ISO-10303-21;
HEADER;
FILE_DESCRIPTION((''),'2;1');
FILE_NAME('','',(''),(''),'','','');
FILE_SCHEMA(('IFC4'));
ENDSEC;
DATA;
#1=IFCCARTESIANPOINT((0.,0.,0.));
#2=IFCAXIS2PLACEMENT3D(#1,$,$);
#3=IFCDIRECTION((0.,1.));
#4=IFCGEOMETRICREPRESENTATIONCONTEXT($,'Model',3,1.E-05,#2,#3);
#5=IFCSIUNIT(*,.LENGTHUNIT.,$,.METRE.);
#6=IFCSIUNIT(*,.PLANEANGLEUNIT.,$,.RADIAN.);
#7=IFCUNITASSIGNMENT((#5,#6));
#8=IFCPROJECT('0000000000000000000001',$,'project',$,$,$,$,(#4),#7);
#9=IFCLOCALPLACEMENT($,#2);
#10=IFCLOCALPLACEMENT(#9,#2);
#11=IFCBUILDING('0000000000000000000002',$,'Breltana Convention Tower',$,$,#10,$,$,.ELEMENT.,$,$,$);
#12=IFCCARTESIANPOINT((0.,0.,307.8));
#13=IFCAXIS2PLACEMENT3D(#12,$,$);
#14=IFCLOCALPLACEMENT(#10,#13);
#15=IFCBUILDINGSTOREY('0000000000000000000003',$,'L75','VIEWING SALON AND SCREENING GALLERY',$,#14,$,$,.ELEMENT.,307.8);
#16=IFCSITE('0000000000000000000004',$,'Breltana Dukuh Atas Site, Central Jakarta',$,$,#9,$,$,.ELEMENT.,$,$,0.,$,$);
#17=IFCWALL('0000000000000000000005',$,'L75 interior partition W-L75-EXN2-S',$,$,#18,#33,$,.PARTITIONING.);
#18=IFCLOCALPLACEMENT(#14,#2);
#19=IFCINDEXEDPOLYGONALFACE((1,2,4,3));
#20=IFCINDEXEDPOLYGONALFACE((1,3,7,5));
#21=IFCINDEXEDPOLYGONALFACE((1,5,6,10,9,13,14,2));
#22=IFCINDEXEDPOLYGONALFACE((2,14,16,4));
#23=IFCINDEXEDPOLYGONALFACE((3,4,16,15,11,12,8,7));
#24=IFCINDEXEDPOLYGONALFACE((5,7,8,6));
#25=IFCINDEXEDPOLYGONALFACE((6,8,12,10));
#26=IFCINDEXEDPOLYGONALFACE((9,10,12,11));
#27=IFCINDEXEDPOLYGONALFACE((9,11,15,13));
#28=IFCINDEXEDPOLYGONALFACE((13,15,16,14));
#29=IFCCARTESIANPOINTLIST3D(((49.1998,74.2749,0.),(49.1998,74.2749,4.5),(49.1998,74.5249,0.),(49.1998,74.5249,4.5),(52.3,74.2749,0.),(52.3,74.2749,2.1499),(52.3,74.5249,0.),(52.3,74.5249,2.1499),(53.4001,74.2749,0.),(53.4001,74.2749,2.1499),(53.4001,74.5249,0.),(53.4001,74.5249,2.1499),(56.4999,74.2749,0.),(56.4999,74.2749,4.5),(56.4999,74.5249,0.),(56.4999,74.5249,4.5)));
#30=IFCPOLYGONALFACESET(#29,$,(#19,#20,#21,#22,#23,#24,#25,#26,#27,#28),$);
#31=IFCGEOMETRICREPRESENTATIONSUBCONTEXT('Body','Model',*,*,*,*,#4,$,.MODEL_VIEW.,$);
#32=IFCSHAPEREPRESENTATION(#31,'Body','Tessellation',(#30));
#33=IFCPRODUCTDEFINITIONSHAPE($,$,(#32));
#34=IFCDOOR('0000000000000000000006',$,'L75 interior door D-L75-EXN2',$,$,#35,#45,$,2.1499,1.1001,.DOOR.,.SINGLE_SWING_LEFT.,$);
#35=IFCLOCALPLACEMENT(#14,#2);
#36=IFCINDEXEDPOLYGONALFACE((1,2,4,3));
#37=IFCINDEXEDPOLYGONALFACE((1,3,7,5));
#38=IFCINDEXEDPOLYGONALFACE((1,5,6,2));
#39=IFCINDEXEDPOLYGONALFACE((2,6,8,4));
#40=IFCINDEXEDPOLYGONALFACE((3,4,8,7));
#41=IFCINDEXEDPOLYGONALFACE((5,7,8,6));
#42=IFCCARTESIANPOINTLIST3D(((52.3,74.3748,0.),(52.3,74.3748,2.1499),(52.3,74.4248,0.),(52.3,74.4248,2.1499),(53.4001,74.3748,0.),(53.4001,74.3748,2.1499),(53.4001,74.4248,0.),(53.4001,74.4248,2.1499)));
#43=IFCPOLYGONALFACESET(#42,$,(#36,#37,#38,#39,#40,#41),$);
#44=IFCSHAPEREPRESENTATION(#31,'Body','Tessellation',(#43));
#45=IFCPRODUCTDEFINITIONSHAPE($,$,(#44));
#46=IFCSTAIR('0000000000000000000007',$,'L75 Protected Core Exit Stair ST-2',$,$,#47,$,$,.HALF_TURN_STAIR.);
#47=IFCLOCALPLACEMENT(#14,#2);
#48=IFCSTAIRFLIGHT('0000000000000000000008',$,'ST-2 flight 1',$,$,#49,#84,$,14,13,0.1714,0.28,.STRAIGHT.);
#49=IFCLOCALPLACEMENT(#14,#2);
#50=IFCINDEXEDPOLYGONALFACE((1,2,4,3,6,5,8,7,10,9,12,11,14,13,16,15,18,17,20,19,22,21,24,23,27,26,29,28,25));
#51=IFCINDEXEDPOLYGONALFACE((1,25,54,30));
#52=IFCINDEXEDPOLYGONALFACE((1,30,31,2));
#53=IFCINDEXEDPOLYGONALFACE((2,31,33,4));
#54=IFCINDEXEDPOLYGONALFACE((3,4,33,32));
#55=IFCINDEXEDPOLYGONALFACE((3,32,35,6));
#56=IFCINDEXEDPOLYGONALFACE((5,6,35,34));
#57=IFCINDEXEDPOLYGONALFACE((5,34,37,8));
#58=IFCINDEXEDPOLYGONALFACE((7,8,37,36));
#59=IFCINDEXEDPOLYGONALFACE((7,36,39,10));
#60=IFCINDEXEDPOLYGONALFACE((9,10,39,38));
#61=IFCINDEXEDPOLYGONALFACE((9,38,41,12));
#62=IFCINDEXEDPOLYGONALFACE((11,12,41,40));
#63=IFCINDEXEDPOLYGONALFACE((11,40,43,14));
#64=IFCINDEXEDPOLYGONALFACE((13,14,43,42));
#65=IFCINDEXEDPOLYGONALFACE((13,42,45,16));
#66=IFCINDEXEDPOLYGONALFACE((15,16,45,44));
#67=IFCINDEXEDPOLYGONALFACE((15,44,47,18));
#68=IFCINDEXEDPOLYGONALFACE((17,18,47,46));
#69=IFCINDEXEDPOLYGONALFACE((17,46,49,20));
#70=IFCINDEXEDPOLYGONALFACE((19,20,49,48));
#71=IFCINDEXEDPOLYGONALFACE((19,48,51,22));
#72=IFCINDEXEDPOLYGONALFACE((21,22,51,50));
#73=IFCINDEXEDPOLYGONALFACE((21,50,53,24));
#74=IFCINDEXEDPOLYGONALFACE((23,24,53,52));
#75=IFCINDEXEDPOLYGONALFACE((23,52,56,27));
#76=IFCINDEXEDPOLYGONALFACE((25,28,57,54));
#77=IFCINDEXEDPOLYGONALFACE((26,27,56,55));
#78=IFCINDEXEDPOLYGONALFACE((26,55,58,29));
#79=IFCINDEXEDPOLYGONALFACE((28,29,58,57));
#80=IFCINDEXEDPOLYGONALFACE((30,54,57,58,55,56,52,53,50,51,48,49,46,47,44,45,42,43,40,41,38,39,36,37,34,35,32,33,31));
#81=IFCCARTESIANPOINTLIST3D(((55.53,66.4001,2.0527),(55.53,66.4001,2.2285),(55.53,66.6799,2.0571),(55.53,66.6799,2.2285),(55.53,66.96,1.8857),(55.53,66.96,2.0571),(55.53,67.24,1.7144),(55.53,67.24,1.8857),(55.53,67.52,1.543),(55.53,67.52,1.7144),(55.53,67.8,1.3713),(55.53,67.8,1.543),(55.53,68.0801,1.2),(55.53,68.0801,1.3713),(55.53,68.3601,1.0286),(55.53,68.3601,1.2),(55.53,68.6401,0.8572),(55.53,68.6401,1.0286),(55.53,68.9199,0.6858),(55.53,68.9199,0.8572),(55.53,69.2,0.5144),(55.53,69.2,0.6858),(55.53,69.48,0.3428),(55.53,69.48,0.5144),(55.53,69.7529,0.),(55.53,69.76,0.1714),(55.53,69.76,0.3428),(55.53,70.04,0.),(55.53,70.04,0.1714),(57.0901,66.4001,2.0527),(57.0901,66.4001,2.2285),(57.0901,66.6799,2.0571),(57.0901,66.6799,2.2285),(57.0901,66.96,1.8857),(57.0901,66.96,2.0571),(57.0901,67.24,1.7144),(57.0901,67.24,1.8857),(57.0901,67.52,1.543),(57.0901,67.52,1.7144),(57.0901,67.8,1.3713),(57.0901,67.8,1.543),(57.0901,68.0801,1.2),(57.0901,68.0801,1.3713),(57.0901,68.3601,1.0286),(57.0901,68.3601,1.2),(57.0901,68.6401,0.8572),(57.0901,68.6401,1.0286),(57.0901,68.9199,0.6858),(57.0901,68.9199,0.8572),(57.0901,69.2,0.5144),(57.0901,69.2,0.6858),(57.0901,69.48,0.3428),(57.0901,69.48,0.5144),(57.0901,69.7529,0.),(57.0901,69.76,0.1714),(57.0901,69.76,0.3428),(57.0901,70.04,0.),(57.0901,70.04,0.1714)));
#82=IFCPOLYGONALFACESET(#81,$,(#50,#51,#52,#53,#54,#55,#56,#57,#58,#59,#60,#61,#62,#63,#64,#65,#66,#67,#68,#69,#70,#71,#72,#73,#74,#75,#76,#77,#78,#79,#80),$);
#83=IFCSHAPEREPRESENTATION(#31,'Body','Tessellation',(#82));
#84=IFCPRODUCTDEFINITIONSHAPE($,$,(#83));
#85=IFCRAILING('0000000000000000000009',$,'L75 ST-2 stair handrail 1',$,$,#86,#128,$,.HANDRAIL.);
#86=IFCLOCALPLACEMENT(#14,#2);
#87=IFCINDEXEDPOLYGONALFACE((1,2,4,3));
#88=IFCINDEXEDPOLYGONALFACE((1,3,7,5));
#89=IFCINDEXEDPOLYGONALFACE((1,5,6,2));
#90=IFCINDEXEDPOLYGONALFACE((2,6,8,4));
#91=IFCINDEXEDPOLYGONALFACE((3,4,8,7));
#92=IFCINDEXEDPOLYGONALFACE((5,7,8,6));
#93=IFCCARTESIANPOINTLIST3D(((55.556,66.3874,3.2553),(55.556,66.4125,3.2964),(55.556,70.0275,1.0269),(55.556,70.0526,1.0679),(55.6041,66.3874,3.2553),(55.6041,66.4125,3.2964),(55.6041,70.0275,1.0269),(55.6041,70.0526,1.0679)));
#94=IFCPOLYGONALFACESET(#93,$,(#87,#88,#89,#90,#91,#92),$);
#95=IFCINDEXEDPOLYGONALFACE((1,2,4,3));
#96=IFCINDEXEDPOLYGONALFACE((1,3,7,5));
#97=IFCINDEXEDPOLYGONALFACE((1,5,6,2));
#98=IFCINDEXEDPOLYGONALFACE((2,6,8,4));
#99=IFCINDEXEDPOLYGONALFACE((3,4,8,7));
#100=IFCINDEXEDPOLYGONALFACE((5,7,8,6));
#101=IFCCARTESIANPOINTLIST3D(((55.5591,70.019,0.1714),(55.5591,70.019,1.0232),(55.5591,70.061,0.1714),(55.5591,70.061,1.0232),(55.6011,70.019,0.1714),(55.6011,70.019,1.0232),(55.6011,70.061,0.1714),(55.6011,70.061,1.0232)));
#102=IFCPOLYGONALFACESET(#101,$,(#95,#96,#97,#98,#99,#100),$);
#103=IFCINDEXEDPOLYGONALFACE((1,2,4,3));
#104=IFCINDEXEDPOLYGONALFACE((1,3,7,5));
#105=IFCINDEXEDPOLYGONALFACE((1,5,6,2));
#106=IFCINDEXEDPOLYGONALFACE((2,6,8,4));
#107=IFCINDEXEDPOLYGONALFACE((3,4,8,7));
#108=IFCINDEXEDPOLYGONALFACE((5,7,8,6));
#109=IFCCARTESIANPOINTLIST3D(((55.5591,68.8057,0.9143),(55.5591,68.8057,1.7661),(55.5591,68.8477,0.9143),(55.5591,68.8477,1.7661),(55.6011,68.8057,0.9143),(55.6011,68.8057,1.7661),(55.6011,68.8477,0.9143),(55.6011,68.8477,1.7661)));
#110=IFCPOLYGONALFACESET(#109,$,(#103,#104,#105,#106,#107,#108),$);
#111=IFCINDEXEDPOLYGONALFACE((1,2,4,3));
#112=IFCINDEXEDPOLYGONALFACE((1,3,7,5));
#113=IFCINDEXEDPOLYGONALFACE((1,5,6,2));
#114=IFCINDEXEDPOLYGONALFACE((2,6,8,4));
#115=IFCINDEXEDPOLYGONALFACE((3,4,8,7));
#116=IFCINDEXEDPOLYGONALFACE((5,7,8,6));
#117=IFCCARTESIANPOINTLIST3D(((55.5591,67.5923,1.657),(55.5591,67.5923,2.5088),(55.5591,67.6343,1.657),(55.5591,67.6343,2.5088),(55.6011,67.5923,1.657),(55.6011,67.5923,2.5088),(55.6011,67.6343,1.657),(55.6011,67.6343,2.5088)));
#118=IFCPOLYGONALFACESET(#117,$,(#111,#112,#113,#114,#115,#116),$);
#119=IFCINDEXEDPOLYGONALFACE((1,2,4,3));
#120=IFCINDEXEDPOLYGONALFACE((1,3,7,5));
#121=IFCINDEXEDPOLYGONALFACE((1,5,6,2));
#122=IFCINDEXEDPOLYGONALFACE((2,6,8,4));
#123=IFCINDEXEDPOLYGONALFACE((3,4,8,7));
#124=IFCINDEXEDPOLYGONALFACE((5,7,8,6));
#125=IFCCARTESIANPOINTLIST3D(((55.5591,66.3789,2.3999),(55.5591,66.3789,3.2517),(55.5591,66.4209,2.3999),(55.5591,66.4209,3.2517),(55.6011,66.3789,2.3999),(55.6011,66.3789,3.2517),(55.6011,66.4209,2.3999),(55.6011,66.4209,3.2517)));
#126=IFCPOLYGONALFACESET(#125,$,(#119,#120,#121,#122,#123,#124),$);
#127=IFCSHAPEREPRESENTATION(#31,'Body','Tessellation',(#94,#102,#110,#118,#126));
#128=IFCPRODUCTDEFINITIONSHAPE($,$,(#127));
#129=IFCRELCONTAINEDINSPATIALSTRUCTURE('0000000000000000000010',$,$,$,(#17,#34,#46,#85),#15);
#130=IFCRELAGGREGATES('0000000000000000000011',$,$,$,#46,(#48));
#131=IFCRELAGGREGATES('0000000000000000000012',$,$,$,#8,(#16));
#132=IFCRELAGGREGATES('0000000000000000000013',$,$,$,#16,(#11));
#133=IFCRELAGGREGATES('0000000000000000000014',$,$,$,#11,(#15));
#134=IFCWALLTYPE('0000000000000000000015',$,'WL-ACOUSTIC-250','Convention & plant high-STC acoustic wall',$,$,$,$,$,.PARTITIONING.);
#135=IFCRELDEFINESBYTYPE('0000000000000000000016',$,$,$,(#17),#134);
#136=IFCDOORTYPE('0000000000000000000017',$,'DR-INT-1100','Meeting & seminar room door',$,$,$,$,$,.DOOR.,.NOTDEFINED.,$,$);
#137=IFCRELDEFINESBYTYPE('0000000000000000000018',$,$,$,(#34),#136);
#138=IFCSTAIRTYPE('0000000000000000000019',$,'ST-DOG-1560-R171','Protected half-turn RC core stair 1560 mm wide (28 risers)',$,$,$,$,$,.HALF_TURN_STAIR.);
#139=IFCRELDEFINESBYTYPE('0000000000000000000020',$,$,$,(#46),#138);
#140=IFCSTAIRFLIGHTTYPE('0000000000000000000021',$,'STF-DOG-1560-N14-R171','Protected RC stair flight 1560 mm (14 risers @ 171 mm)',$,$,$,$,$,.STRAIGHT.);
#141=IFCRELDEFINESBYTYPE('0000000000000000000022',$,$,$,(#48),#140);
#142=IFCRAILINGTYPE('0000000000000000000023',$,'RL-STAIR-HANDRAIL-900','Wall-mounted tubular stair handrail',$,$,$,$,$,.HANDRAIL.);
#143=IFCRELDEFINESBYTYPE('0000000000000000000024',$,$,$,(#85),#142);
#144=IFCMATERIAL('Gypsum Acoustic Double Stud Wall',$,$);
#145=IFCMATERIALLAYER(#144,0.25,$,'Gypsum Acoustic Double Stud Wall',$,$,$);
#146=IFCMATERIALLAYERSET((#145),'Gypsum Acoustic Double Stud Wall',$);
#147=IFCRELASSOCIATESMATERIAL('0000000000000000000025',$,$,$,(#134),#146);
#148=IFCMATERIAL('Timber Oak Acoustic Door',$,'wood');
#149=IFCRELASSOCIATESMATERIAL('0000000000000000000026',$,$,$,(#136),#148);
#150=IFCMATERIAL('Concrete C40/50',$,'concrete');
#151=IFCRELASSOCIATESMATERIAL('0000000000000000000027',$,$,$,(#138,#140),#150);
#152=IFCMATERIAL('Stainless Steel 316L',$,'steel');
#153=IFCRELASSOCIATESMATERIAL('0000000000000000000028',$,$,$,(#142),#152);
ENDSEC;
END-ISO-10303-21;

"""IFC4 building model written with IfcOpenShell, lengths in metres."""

from ifc_helpers import new_model, si_unit, direction, frame, frame_2d, origin, origin_2d, place, context, subcontext, project, spatial, polyline, rectangle, outline, extrude, source, transform, mapped, material, layer, layer_set, type_object, type_shapes, element, fill, aggregate, save


model = new_model("IFC4")

# Units and contexts
model_context = context("Model", 3, precision=1e-05, world=origin(), true_north=direction((0.0, 1.0)))
body_context = subcontext(model_context, "Body", "Model", "MODEL_VIEW")
ifc_project = project(units=[si_unit("LENGTHUNIT", "METRE"), si_unit("PLANEANGLEUNIT", "RADIAN")], contexts=[model_context])

# Site, building, storey
site_placement = place(None, origin())
site = spatial("IfcSite", under=ifc_project, at=site_placement, Name="Breltana Dukuh Atas Site, Central Jakarta", CompositionType="ELEMENT", RefElevation=0.0)
building_placement = place(site_placement, origin())
building = spatial("IfcBuilding", under=site, at=building_placement, Name="Breltana Convention Tower", CompositionType="ELEMENT")
storey_placement = place(building_placement, frame((0.0, 0.0, 307.8)))
storey = spatial("IfcBuildingStorey", under=building, at=storey_placement, Name="L75", Description="VIEWING SALON AND SCREENING GALLERY", CompositionType="ELEMENT", Elevation=307.8)

# Wall, opening, door
ifc_material_1 = material(Name="Gypsum Acoustic Double Stud Wall")
ifc_layer_1 = layer(ifc_material_1, 0.25, Name="Gypsum Acoustic Double Stud Wall")
ifc_layer_set_1 = layer_set([ifc_layer_1], Name="Gypsum Acoustic Double Stud Wall")
wall_type_1 = type_object("IfcWallType", Name="WL-ACOUSTIC-250", Description="Convention & plant high-STC acoustic wall", PredefinedType="PARTITIONING", material=ifc_layer_set_1)
shared_shape_1 = source(origin(), body_context, "Body", "SweptSolid", [
    extrude(rectangle(XDim=7.3, YDim=0.25, at=frame_2d((3.6499, 0.0))), origin(), (0.0, 0.0, 1.0), 4.5),
])
wall_1_placement = place(storey_placement, frame((49.2, 74.3999, 0.0), z_axis=(0.0, 0.0, 1.0), x_axis=(1.0, 0.0, 0.0)))
wall_1 = element("IfcWall", 1, at=wall_1_placement, inside=storey, type_object=wall_type_1, Name="L75 interior partition W-L75-EXN2-S", PredefinedType="PARTITIONING", context=body_context, shape_type="MappedRepresentation", body=[
    mapped(shared_shape_1, transform((0.0, 0.0, 0.0), scale=1.0)),
])
opening_1_placement = place(wall_1_placement, frame((3.1001, 0.0, 0.0)))
opening_1 = element("IfcOpeningElement", 2, at=opening_1_placement, cuts=wall_1, PredefinedType="OPENING", context=body_context, shape_type="SweptSolid", body=[
    extrude(rectangle(XDim=1.1001, YDim=2.1499, at=frame_2d((0.55, 1.075))), frame((0.0, 0.135, 0.0), z_axis=(0.0, -1.0, 0.0), x_axis=(1.0, 0.0, 0.0)), (0.0, 0.0, 1.0), 0.27),
])
ifc_material_2 = material(Name="Timber Oak Acoustic Door", Category="wood")
door_type_1 = type_object("IfcDoorType", Name="DR-INT-1100", Description="Meeting & seminar room door", OperationType="NOTDEFINED", PredefinedType="DOOR", material=ifc_material_2)
shared_shape_2 = source(origin(), body_context, "Body", "SweptSolid", [
    extrude(rectangle(XDim=1.1001, YDim=2.1499, at=frame_2d((0.55, 1.075))), frame((0.0, 0.0249, 0.0), z_axis=(0.0, -1.0, 0.0), x_axis=(1.0, 0.0, 0.0)), (0.0, 0.0, 1.0), 0.05),
])
type_shapes(door_type_1, [shared_shape_2])
door_1_placement = place(opening_1_placement, origin())
door_1 = element("IfcDoor", 3, at=door_1_placement, inside=storey, type_object=door_type_1, Name="L75 interior door D-L75-EXN2", OperationType="SINGLE_SWING_LEFT", OverallHeight=2.1499, OverallWidth=1.1001, PredefinedType="DOOR", context=body_context, shape_type="MappedRepresentation", body=[
    mapped(shared_shape_2, transform((0.0, 0.0, 0.0), scale=1.0)),
])
fill(opening_1, door_1)

# Stair, stair flight
ifc_material_3 = material(Name="Concrete C40/50", Category="concrete")
stair_type = type_object("IfcStairType", Name="ST-DOG-1560-R171", Description="Protected half-turn RC core stair 1560 mm wide (28 risers)", PredefinedType="HALF_TURN_STAIR", material=ifc_material_3)
stair_placement = place(storey_placement, origin())
stair = element("IfcStair", 4, at=stair_placement, inside=storey, type_object=stair_type, Name="L75 Protected Core Exit Stair ST-2", PredefinedType="HALF_TURN_STAIR")
stair_flight_type = type_object("IfcStairFlightType", Name="STF-DOG-1560-N14-R171", Description="Protected RC stair flight 1560 mm (14 risers @ 171 mm)", PredefinedType="STRAIGHT", material=ifc_material_3)
stair_flight_placement = place(storey_placement, frame((56.3101, 70.04, 0.0), z_axis=(0.0, 0.0, 1.0), x_axis=(0.0, -1.0, 0.0)))
stair_flight = element("IfcStairFlight", 5, at=stair_flight_placement, type_object=stair_flight_type, Name="ST-2 flight 1", NumberOfRisers=14, NumberOfTreads=13, PredefinedType="STRAIGHT", RiserHeight=0.1714, TreadLength=0.28, context=body_context, shape_type="SweptSolid", body=[
    extrude(outline(polyline([(0.0, 0.0), (0.0, 0.1714), (0.28, 0.1714), (0.28, 0.3428), (0.5601, 0.3428), (0.5601, 0.5144), (0.8401, 0.5144), (0.8401, 0.6858), (1.1201, 0.6858), (1.1201, 0.8572), (1.3999, 0.8572), (1.3999, 1.0286), (1.6799, 1.0286), (1.6799, 1.2), (1.96, 1.2), (1.96, 1.3713), (2.24, 1.3713), (2.24, 1.543), (2.52, 1.543), (2.52, 1.7144), (2.8, 1.7144), (2.8, 1.8857), (3.0801, 1.8857), (3.0801, 2.0571), (3.3601, 2.0571), (3.3601, 2.2285), (3.6399, 2.2285), (3.6399, 2.3999), (3.6399, 2.0527), (0.2871, 0.0), (0.0, 0.0)])), frame((0.0, 0.78, 0.0), z_axis=(0.0, -1.0, 0.0), x_axis=(1.0, 0.0, 0.0)), (0.0, 0.0, 1.0), 1.5601),
])
aggregate(stair, [stair_flight])

# Railing
ifc_material_4 = material(Name="Stainless Steel 316L", Category="steel")
railing_type = type_object("IfcRailingType", Name="RL-STAIR-HANDRAIL-900", Description="Wall-mounted tubular stair handrail", PredefinedType="HANDRAIL", material=ifc_material_4)
railing_placement = place(storey_placement, frame((55.5801, 70.04, 0.1714)))
element("IfcRailing", 6, at=railing_placement, inside=storey, type_object=railing_type, Name="L75 ST-2 stair handrail 1", PredefinedType="HANDRAIL", context=body_context, shape_type="SweptSolid", body=[
    extrude(rectangle(XDim=0.0481, YDim=0.0481, at=origin_2d()), frame((0.0, 0.0, 0.876), z_axis=(0.0, -0.852866, 0.52213), x_axis=(1.0, 0.0, 0.0)), (0.0, 0.0, 1.0), 4.2681),
    extrude(rectangle(XDim=0.042, YDim=0.042, at=origin_2d()), origin(), (0.0, 0.0, 1.0), 0.8518),
    extrude(rectangle(XDim=0.042, YDim=0.042, at=origin_2d()), frame((0.0, -1.2134, 0.7429)), (0.0, 0.0, 1.0), 0.8518),
    extrude(rectangle(XDim=0.042, YDim=0.042, at=origin_2d()), frame((0.0, -2.4268, 1.4856)), (0.0, 0.0, 1.0), 0.8518),
    extrude(rectangle(XDim=0.042, YDim=0.042, at=origin_2d()), frame((0.0, -3.6401, 2.2285)), (0.0, 0.0, 1.0), 0.8518),
])

save(model, "model.ifc")
